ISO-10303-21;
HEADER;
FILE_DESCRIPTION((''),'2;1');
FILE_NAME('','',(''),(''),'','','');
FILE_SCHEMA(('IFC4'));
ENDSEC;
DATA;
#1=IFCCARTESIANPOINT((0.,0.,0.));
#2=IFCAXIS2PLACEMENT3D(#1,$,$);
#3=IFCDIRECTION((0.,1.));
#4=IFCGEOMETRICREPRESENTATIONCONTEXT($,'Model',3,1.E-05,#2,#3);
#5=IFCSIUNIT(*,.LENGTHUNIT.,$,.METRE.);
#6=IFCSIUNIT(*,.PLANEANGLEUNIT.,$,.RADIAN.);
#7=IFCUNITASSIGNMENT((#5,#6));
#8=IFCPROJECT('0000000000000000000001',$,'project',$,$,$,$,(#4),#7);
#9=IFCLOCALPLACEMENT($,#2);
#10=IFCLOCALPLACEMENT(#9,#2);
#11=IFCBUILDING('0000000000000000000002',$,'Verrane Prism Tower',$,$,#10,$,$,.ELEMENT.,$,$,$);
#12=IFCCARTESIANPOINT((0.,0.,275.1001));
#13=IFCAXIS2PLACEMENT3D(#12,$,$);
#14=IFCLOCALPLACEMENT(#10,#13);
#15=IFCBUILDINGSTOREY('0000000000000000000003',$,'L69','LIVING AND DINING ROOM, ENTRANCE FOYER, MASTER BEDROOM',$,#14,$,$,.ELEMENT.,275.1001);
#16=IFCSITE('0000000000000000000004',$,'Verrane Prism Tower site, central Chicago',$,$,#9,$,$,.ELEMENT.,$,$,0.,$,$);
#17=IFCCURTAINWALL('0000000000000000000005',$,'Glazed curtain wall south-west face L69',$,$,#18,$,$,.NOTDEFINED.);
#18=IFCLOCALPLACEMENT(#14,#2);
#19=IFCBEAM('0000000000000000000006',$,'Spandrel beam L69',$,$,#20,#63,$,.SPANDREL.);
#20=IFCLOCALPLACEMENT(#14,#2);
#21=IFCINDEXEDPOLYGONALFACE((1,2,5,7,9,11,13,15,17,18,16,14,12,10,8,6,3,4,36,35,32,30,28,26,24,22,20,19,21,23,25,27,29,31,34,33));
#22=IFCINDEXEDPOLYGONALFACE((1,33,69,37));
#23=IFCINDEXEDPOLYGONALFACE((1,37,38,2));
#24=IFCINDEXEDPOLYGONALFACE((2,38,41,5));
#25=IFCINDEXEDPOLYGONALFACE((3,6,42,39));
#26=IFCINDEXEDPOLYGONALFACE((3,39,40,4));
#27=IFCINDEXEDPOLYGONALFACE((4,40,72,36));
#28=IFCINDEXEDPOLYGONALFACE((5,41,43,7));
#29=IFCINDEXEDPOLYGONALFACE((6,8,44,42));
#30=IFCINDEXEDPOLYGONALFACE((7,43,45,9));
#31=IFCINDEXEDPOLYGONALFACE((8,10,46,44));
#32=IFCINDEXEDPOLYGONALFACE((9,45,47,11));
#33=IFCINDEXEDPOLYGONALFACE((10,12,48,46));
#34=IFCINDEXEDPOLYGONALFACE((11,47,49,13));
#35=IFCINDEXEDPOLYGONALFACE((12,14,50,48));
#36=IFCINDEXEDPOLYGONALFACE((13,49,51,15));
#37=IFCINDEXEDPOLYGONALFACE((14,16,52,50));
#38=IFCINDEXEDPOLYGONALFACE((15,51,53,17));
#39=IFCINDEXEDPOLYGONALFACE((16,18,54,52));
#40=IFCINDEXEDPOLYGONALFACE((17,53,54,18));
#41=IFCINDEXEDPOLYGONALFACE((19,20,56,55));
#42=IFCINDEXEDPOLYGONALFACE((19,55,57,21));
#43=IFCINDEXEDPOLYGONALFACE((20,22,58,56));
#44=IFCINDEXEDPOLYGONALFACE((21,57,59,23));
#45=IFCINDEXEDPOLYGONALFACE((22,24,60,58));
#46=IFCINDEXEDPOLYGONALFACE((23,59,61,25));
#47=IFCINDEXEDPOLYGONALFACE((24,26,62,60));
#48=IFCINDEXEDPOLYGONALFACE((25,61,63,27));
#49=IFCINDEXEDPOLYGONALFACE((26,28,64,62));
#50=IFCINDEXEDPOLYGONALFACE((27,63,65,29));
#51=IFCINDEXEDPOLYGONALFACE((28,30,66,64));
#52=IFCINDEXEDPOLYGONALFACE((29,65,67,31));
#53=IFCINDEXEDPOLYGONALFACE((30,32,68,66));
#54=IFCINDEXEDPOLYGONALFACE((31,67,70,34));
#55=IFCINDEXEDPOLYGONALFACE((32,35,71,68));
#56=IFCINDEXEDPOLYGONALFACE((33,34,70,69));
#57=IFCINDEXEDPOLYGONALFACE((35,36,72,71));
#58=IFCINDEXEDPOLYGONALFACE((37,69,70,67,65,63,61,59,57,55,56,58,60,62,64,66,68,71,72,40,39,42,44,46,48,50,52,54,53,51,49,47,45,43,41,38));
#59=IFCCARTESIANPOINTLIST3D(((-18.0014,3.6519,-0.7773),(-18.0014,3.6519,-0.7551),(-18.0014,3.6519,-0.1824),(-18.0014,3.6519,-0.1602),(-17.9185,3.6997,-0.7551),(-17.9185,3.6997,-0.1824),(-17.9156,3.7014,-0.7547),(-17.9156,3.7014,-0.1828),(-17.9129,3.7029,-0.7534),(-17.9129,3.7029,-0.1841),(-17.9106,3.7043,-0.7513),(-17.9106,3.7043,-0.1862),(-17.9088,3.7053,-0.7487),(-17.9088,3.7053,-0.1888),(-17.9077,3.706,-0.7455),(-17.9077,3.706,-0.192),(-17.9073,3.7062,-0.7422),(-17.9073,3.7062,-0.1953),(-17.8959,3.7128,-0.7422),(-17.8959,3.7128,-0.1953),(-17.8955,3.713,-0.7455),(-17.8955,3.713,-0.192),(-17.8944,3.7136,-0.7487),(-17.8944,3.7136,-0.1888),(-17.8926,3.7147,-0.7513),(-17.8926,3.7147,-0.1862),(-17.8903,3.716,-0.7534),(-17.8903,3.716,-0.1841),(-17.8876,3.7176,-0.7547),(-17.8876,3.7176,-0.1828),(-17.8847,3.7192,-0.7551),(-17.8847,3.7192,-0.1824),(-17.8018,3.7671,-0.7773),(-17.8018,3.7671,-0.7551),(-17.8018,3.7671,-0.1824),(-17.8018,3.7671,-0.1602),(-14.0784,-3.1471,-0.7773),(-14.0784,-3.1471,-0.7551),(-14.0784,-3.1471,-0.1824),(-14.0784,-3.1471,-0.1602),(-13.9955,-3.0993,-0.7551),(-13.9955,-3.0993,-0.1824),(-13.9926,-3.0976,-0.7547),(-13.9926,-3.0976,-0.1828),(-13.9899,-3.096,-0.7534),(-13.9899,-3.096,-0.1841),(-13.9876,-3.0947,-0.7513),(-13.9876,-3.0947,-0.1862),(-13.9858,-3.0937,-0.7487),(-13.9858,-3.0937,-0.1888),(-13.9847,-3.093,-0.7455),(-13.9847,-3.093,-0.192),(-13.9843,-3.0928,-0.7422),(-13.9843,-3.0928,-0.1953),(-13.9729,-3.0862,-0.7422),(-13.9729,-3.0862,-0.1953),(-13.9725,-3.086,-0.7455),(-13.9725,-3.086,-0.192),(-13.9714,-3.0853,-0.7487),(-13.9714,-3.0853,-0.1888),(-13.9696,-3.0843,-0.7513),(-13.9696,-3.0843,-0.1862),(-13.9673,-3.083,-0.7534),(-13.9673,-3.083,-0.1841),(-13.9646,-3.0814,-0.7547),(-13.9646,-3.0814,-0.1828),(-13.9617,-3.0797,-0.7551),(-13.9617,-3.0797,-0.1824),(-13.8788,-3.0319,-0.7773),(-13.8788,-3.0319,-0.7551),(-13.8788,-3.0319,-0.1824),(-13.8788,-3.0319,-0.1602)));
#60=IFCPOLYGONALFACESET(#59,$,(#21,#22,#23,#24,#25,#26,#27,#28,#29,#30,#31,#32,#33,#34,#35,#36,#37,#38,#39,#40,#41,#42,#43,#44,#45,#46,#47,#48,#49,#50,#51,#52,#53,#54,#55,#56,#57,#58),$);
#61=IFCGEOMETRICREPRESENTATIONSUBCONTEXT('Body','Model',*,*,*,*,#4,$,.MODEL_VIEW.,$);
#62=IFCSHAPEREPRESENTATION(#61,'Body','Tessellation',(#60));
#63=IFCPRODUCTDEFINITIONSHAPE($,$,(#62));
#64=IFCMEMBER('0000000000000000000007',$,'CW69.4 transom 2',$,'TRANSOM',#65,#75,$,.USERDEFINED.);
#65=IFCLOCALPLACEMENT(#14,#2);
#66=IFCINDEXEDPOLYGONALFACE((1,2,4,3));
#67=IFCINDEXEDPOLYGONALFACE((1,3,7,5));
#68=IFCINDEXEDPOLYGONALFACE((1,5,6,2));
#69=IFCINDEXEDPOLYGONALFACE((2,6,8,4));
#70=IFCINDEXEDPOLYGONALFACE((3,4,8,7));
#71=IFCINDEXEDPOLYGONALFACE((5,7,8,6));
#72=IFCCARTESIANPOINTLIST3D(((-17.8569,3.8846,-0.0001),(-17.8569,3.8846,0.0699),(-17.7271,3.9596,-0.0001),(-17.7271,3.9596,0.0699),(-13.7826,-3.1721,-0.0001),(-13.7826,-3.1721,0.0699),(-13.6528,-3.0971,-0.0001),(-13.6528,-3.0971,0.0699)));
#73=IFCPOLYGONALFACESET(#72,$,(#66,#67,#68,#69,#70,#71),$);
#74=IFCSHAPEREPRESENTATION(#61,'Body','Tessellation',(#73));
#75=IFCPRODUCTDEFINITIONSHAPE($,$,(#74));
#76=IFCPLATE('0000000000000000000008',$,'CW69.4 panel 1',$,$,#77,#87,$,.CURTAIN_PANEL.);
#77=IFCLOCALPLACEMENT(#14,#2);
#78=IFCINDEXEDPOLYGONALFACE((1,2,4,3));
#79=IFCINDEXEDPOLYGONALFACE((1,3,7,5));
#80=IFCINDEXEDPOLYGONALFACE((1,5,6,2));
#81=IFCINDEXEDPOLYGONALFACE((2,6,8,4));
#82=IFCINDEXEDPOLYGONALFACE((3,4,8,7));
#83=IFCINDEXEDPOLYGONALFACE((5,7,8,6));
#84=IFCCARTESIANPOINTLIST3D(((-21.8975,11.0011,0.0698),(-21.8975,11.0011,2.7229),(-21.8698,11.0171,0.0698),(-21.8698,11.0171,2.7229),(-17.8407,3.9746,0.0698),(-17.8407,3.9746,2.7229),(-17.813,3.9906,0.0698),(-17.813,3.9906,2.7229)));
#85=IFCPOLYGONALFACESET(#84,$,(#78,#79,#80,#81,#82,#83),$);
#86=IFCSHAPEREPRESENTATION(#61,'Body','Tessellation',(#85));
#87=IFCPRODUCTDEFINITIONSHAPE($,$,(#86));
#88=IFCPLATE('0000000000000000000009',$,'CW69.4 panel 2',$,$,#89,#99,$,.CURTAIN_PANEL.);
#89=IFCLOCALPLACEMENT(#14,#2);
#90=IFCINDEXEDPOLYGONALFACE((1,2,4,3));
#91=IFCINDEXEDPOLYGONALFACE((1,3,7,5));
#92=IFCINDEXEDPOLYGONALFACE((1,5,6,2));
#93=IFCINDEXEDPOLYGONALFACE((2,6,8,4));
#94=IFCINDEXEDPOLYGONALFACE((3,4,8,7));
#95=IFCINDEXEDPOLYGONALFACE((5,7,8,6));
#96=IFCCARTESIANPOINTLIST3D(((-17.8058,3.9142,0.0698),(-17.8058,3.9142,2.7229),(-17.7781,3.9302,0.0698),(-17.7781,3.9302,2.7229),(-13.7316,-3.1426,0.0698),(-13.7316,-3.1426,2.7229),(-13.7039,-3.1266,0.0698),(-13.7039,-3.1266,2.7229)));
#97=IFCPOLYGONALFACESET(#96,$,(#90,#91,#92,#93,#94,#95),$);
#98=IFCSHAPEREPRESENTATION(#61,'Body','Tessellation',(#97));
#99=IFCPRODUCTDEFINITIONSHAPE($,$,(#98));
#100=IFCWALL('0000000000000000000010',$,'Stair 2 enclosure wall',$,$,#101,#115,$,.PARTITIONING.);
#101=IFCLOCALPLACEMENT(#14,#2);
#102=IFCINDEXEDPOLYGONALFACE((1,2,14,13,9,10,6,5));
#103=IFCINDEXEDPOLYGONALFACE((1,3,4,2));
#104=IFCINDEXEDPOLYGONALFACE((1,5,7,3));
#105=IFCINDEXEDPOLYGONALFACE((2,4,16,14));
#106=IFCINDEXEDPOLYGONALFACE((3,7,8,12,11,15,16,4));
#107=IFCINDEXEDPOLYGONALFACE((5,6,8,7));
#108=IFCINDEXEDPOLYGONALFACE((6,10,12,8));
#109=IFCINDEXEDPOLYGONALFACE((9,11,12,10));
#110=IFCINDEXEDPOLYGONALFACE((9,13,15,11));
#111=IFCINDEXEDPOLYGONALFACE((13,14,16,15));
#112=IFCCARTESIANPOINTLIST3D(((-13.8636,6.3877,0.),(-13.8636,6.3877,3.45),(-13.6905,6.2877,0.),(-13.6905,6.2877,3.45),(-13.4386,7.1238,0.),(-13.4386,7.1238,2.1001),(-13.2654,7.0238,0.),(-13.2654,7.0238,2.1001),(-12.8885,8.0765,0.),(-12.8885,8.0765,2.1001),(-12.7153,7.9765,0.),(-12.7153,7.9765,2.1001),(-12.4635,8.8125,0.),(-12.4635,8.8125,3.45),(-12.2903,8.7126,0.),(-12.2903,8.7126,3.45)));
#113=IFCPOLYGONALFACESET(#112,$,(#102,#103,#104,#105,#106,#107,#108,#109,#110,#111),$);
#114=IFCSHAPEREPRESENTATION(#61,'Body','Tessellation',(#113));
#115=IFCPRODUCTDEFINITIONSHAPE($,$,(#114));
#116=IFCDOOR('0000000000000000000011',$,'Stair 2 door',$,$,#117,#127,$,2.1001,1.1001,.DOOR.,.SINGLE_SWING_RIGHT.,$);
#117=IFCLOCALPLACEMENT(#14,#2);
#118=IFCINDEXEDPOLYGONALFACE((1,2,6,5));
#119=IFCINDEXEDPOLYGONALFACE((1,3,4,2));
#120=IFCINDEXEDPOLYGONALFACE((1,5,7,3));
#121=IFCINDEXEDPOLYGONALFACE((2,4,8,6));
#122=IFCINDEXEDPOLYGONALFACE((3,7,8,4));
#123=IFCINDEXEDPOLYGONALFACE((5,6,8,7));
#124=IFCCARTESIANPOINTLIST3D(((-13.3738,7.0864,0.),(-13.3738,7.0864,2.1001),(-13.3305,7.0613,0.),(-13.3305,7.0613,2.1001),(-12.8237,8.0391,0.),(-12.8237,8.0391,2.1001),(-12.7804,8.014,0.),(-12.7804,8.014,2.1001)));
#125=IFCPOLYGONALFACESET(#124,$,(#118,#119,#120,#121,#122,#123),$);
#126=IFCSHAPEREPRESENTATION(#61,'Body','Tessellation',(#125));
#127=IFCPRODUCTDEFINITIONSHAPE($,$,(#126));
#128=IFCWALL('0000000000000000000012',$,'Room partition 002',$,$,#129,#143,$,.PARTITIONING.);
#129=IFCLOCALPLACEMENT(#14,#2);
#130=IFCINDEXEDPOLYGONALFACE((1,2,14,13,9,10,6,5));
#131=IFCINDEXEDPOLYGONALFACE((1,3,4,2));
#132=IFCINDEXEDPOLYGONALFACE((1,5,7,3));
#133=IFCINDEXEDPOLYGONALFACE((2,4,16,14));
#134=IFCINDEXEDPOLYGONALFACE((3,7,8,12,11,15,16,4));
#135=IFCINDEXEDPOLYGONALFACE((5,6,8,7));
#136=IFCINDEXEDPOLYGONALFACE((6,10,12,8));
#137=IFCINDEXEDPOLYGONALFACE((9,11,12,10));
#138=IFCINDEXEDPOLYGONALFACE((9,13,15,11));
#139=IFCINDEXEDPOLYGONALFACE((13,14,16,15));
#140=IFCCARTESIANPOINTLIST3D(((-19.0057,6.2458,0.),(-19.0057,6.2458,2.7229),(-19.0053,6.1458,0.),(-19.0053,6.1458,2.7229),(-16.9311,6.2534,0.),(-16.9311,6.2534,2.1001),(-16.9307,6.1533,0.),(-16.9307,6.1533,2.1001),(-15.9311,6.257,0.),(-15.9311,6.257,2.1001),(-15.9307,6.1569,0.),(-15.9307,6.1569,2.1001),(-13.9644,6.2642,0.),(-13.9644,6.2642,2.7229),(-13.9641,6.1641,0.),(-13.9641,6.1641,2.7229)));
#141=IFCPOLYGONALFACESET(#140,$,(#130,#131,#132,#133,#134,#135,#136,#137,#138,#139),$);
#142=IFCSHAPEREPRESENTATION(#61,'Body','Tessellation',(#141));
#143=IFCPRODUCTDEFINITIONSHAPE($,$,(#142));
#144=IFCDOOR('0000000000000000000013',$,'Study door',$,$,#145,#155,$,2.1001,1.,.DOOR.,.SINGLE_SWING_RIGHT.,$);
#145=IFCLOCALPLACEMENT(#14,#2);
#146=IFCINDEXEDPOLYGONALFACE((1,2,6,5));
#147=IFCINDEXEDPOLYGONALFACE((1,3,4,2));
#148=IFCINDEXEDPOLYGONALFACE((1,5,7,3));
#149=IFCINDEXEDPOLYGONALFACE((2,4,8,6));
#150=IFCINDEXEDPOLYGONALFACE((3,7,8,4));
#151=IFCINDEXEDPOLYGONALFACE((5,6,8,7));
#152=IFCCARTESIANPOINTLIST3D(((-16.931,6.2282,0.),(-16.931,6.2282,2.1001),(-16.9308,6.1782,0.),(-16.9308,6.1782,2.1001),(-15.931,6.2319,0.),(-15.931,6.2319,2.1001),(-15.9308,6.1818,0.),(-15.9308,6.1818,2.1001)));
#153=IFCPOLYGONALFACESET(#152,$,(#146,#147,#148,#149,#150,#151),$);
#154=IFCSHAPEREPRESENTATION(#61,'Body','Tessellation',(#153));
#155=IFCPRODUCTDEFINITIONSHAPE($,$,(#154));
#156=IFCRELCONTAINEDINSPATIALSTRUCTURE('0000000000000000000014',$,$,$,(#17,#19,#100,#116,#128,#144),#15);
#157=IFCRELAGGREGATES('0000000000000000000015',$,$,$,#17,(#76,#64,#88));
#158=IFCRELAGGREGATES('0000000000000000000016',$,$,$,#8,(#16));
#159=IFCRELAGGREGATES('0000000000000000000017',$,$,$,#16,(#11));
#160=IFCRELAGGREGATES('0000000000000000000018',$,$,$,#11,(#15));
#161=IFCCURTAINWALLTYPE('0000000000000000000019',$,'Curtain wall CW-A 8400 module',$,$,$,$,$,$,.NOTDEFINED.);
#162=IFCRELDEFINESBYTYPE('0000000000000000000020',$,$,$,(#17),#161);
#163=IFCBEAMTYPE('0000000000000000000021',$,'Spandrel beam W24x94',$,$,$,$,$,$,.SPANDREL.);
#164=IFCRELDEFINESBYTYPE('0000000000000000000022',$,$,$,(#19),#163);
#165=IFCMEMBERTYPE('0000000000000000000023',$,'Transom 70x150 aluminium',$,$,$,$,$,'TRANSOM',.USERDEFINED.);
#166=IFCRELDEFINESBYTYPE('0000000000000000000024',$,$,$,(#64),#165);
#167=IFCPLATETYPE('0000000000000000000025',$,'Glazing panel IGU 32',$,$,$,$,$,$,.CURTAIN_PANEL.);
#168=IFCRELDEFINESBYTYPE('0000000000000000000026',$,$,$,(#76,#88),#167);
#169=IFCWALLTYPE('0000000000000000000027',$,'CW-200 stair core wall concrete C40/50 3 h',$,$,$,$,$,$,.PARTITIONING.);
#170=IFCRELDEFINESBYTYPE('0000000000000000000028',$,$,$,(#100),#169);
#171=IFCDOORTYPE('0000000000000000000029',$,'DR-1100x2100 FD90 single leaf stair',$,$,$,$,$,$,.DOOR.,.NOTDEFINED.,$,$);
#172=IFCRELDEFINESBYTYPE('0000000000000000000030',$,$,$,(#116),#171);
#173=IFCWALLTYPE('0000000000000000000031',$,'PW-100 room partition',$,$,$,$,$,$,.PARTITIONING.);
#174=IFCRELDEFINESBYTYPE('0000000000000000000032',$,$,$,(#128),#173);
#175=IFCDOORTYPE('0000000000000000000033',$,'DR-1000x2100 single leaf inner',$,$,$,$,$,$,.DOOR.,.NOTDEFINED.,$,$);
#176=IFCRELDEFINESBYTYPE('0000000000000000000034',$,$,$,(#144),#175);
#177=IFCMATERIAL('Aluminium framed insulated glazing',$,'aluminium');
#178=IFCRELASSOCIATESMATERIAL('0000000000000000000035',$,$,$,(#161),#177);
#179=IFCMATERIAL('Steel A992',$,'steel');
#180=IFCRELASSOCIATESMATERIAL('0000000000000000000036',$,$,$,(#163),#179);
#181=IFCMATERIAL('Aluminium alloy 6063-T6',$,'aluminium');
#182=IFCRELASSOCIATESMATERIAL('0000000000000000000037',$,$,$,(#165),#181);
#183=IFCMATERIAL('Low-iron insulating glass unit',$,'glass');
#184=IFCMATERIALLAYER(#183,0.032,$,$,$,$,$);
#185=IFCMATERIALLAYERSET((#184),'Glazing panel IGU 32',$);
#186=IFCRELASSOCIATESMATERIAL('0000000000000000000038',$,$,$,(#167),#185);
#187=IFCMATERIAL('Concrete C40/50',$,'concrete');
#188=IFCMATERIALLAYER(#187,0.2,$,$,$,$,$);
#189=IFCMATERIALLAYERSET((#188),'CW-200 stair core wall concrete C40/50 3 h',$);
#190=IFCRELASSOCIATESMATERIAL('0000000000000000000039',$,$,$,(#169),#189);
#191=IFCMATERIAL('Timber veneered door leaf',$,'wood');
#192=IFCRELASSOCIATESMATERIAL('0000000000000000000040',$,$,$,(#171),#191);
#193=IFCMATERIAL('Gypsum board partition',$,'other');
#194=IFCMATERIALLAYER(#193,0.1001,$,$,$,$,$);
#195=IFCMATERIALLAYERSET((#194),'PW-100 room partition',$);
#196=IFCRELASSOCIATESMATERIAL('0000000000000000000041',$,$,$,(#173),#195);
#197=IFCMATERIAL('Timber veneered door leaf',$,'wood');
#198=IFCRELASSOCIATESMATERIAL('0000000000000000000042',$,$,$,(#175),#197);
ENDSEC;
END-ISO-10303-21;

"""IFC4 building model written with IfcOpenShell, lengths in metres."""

from ifc_helpers import new_model, si_unit, direction, frame, frame_2d, origin, origin_2d, place, context, subcontext, project, spatial, rectangle, i_section, extrude, material, layer, layer_set, material_profile, profile_set, type_object, element, fill, aggregate, save


model = new_model("IFC4")

# Units and contexts
model_context = context("Model", 3, precision=1e-05, world=origin(), true_north=direction((0.0, 1.0)))
body_context = subcontext(model_context, "Body", "Model", "MODEL_VIEW")
ifc_project = project(units=[si_unit("LENGTHUNIT", "METRE"), si_unit("PLANEANGLEUNIT", "RADIAN")], contexts=[model_context])

# Site, building, storey
site_placement = place(None, origin())
site = spatial("IfcSite", under=ifc_project, at=site_placement, Name="Verrane Prism Tower site, central Chicago", CompositionType="ELEMENT", RefElevation=0.0)
building_placement = place(site_placement, origin())
building = spatial("IfcBuilding", under=site, at=building_placement, Name="Verrane Prism Tower", CompositionType="ELEMENT")
storey_placement = place(building_placement, frame((0.0, 0.0, 275.1001)))
storey = spatial("IfcBuildingStorey", under=building, at=storey_placement, Name="L69", Description="LIVING AND DINING ROOM, ENTRANCE FOYER, MASTER BEDROOM", CompositionType="ELEMENT", Elevation=275.1001)

# Curtain wall
ifc_material_1 = material(Name="Aluminium framed insulated glazing", Category="aluminium")
curtain_wall_type = type_object("IfcCurtainWallType", Name="Curtain wall CW-A 8400 module", PredefinedType="NOTDEFINED", material=ifc_material_1)
curtain_wall_placement = place(storey_placement, origin())
curtain_wall = element("IfcCurtainWall", 1, at=curtain_wall_placement, inside=storey, type_object=curtain_wall_type, Name="Glazed curtain wall south-west face L69", PredefinedType="NOTDEFINED")

# Beam
ifc_material_2 = material(Name="Steel A992", Category="steel")
ifc_material_profile_1 = material_profile(ifc_material_2, i_section(OverallWidth=0.2305, OverallDepth=0.6172, WebThickness=0.0132, FlangeThickness=0.0222, FilletRadius=0.0129, at=origin_2d()), Name="W24x94")
ifc_profile_set_1 = profile_set([ifc_material_profile_1], Name="Steel A992")
beam_type_1 = type_object("IfcBeamType", Name="Spandrel beam W24x94", PredefinedType="SPANDREL", material=ifc_profile_set_1)
beam_1_placement = place(storey_placement, frame((-17.9016, 3.7095, -0.4688), z_axis=(0.499775, -0.866155, 0.0), x_axis=(0.866155, 0.499775, 0.0)))
element("IfcBeam", 2, at=beam_1_placement, inside=storey, type_object=beam_type_1, Name="Spandrel beam L69", PredefinedType="SPANDREL", context=body_context, shape_type="SweptSolid", body=[
    extrude(i_section(OverallWidth=0.2305, OverallDepth=0.6172, WebThickness=0.0132, FlangeThickness=0.0222, FilletRadius=0.0129, at=origin_2d()), origin(), (0.0, 0.0, 1.0), 7.8496),
])

# Member
ifc_material_3 = material(Name="Aluminium alloy 6063-T6", Category="aluminium")
ifc_material_profile_2 = material_profile(ifc_material_3, rectangle(XDim=0.1499, YDim=0.0701, at=origin_2d()), Name="Transom 70x150 aluminium")
ifc_profile_set_2 = profile_set([ifc_material_profile_2], Name="Aluminium alloy 6063-T6")
member_type_1 = type_object("IfcMemberType", Name="Transom 70x150 aluminium", ElementType="TRANSOM", PredefinedType="USERDEFINED", material=ifc_profile_set_2)
member_1_placement = place(storey_placement, frame((-17.792, 3.9221, 0.0349), z_axis=(0.500006, -0.866022, 0.0), x_axis=(0.866022, 0.500006, 0.0)))
member_1 = element("IfcMember", 3, at=member_1_placement, type_object=member_type_1, Name="CW69.4 transom 2", ObjectType="TRANSOM", PredefinedType="USERDEFINED", context=body_context, shape_type="SweptSolid", body=[
    extrude(rectangle(XDim=0.1499, YDim=0.0701, at=origin_2d()), origin(), (0.0, 0.0, 1.0), 8.1484),
])

# Plates
ifc_material_4 = material(Name="Low-iron insulating glass unit", Category="glass")
ifc_layer_1 = layer(ifc_material_4, 0.032)
ifc_layer_set_1 = layer_set([ifc_layer_1], Name="Glazing panel IGU 32")
plate_type = type_object("IfcPlateType", Name="Glazing panel IGU 32", PredefinedType="CURTAIN_PANEL", material=ifc_layer_set_1)
plate_1_placement = place(storey_placement, frame((-19.8552, 7.4958, 0.0698), z_axis=(0.0, 0.0, 1.0), x_axis=(0.500001, -0.866025, 0.0)))
plate_1 = element("IfcPlate", 4, at=plate_1_placement, type_object=plate_type, Name="CW69.4 panel 1", PredefinedType="CURTAIN_PANEL", context=body_context, shape_type="SweptSolid", body=[
    extrude(rectangle(XDim=8.1135, YDim=0.032, at=origin_2d()), origin(), (0.0, 0.0, 1.0), 2.6531),
])
plate_2_placement = place(storey_placement, frame((-15.7549, 0.3938, 0.0698), z_axis=(0.0, 0.0, 1.0), x_axis=(0.500001, -0.866025, 0.0)))
plate_2 = element("IfcPlate", 5, at=plate_2_placement, type_object=plate_type, Name="CW69.4 panel 2", PredefinedType="CURTAIN_PANEL", context=body_context, shape_type="SweptSolid", body=[
    extrude(rectangle(XDim=8.1484, YDim=0.032, at=origin_2d()), origin(), (0.0, 0.0, 1.0), 2.6531),
])
aggregate(curtain_wall, [plate_1, member_1, plate_2])

# Walls, openings, doors
ifc_material_5 = material(Name="Concrete C40/50", Category="concrete")
ifc_layer_2 = layer(ifc_material_5, 0.2)
ifc_layer_set_2 = layer_set([ifc_layer_2], Name="CW-200 stair core wall concrete C40/50 3 h")
wall_type_1 = type_object("IfcWallType", Name="CW-200 stair core wall concrete C40/50 3 h", PredefinedType="PARTITIONING", material=ifc_layer_set_2)
wall_1_placement = place(storey_placement, frame((-12.377, 8.7625, 0.0), z_axis=(0.0, 0.0, 1.0), x_axis=(-0.50005, -0.865997, 0.0)))
wall_1 = element("IfcWall", 6, at=wall_1_placement, inside=storey, type_object=wall_type_1, Name="Stair 2 enclosure wall", PredefinedType="PARTITIONING", context=body_context, shape_type="SweptSolid", body=[
    extrude(rectangle(XDim=2.8, YDim=0.2, at=frame_2d((1.3999, 0.0))), origin(), (0.0, 0.0, 1.0), 3.45),
])
opening_1_placement = place(wall_1_placement, frame((0.8499, 0.0, 0.0)))
opening_1 = element("IfcOpeningElement", 7, at=opening_1_placement, cuts=wall_1, PredefinedType="OPENING", context=body_context, shape_type="SweptSolid", body=[
    extrude(rectangle(XDim=1.1001, YDim=2.1001, at=frame_2d((0.55, 1.05))), frame((0.0, 0.1099, 0.0), z_axis=(0.0, -1.0, 0.0), x_axis=(1.0, 0.0, 0.0)), (0.0, 0.0, 1.0), 0.22),
])
ifc_material_6 = material(Name="Timber veneered door leaf", Category="wood")
door_type_1 = type_object("IfcDoorType", Name="DR-1100x2100 FD90 single leaf stair", OperationType="NOTDEFINED", PredefinedType="DOOR", material=ifc_material_6)
door_1_placement = place(opening_1_placement, origin())
door_1 = element("IfcDoor", 8, at=door_1_placement, inside=storey, type_object=door_type_1, Name="Stair 2 door", OperationType="SINGLE_SWING_RIGHT", OverallHeight=2.1001, OverallWidth=1.1001, PredefinedType="DOOR", context=body_context, shape_type="SweptSolid", body=[
    extrude(rectangle(XDim=1.1001, YDim=2.1001, at=frame_2d((0.55, 1.05))), frame((0.0, 0.0249, 0.0), z_axis=(0.0, -1.0, 0.0), x_axis=(1.0, 0.0, 0.0)), (0.0, 0.0, 1.0), 0.05),
])
fill(opening_1, door_1)
ifc_material_7 = material(Name="Gypsum board partition", Category="other")
ifc_layer_3 = layer(ifc_material_7, 0.1001)
ifc_layer_set_3 = layer_set([ifc_layer_3], Name="PW-100 room partition")
wall_type_2 = type_object("IfcWallType", Name="PW-100 room partition", PredefinedType="PARTITIONING", material=ifc_layer_set_3)
wall_2_placement = place(storey_placement, frame((-19.0054, 6.1958, 0.0), z_axis=(0.0, 0.0, 1.0), x_axis=(0.999993, 0.003632, 0.0)))
wall_2 = element("IfcWall", 9, at=wall_2_placement, inside=storey, type_object=wall_type_2, Name="Room partition 002", PredefinedType="PARTITIONING", context=body_context, shape_type="SweptSolid", body=[
    extrude(rectangle(XDim=5.0413, YDim=0.1001, at=frame_2d((2.5205, 0.0))), origin(), (0.0, 0.0, 1.0), 2.7229),
])
opening_2_placement = place(wall_2_placement, frame((2.0745, 0.0, 0.0)))
opening_2 = element("IfcOpeningElement", 10, at=opening_2_placement, cuts=wall_2, PredefinedType="OPENING", context=body_context, shape_type="SweptSolid", body=[
    extrude(rectangle(XDim=1.0, YDim=2.1001, at=frame_2d((0.5, 1.05))), frame((0.0, 0.0601, 0.0), z_axis=(0.0, -1.0, 0.0), x_axis=(1.0, 0.0, 0.0)), (0.0, 0.0, 1.0), 0.1201),
])
ifc_material_8 = material(Name="Timber veneered door leaf", Category="wood")
door_type_2 = type_object("IfcDoorType", Name="DR-1000x2100 single leaf inner", OperationType="NOTDEFINED", PredefinedType="DOOR", material=ifc_material_8)
door_2_placement = place(opening_2_placement, origin())
door_2 = element("IfcDoor", 11, at=door_2_placement, inside=storey, type_object=door_type_2, Name="Study door", OperationType="SINGLE_SWING_RIGHT", OverallHeight=2.1001, OverallWidth=1.0, PredefinedType="DOOR", context=body_context, shape_type="SweptSolid", body=[
    extrude(rectangle(XDim=1.0, YDim=2.1001, at=frame_2d((0.5, 1.05))), frame((0.0, 0.0249, 0.0), z_axis=(0.0, -1.0, 0.0), x_axis=(1.0, 0.0, 0.0)), (0.0, 0.0, 1.0), 0.05),
])
fill(opening_2, door_2)

save(model, "model.ifc")
